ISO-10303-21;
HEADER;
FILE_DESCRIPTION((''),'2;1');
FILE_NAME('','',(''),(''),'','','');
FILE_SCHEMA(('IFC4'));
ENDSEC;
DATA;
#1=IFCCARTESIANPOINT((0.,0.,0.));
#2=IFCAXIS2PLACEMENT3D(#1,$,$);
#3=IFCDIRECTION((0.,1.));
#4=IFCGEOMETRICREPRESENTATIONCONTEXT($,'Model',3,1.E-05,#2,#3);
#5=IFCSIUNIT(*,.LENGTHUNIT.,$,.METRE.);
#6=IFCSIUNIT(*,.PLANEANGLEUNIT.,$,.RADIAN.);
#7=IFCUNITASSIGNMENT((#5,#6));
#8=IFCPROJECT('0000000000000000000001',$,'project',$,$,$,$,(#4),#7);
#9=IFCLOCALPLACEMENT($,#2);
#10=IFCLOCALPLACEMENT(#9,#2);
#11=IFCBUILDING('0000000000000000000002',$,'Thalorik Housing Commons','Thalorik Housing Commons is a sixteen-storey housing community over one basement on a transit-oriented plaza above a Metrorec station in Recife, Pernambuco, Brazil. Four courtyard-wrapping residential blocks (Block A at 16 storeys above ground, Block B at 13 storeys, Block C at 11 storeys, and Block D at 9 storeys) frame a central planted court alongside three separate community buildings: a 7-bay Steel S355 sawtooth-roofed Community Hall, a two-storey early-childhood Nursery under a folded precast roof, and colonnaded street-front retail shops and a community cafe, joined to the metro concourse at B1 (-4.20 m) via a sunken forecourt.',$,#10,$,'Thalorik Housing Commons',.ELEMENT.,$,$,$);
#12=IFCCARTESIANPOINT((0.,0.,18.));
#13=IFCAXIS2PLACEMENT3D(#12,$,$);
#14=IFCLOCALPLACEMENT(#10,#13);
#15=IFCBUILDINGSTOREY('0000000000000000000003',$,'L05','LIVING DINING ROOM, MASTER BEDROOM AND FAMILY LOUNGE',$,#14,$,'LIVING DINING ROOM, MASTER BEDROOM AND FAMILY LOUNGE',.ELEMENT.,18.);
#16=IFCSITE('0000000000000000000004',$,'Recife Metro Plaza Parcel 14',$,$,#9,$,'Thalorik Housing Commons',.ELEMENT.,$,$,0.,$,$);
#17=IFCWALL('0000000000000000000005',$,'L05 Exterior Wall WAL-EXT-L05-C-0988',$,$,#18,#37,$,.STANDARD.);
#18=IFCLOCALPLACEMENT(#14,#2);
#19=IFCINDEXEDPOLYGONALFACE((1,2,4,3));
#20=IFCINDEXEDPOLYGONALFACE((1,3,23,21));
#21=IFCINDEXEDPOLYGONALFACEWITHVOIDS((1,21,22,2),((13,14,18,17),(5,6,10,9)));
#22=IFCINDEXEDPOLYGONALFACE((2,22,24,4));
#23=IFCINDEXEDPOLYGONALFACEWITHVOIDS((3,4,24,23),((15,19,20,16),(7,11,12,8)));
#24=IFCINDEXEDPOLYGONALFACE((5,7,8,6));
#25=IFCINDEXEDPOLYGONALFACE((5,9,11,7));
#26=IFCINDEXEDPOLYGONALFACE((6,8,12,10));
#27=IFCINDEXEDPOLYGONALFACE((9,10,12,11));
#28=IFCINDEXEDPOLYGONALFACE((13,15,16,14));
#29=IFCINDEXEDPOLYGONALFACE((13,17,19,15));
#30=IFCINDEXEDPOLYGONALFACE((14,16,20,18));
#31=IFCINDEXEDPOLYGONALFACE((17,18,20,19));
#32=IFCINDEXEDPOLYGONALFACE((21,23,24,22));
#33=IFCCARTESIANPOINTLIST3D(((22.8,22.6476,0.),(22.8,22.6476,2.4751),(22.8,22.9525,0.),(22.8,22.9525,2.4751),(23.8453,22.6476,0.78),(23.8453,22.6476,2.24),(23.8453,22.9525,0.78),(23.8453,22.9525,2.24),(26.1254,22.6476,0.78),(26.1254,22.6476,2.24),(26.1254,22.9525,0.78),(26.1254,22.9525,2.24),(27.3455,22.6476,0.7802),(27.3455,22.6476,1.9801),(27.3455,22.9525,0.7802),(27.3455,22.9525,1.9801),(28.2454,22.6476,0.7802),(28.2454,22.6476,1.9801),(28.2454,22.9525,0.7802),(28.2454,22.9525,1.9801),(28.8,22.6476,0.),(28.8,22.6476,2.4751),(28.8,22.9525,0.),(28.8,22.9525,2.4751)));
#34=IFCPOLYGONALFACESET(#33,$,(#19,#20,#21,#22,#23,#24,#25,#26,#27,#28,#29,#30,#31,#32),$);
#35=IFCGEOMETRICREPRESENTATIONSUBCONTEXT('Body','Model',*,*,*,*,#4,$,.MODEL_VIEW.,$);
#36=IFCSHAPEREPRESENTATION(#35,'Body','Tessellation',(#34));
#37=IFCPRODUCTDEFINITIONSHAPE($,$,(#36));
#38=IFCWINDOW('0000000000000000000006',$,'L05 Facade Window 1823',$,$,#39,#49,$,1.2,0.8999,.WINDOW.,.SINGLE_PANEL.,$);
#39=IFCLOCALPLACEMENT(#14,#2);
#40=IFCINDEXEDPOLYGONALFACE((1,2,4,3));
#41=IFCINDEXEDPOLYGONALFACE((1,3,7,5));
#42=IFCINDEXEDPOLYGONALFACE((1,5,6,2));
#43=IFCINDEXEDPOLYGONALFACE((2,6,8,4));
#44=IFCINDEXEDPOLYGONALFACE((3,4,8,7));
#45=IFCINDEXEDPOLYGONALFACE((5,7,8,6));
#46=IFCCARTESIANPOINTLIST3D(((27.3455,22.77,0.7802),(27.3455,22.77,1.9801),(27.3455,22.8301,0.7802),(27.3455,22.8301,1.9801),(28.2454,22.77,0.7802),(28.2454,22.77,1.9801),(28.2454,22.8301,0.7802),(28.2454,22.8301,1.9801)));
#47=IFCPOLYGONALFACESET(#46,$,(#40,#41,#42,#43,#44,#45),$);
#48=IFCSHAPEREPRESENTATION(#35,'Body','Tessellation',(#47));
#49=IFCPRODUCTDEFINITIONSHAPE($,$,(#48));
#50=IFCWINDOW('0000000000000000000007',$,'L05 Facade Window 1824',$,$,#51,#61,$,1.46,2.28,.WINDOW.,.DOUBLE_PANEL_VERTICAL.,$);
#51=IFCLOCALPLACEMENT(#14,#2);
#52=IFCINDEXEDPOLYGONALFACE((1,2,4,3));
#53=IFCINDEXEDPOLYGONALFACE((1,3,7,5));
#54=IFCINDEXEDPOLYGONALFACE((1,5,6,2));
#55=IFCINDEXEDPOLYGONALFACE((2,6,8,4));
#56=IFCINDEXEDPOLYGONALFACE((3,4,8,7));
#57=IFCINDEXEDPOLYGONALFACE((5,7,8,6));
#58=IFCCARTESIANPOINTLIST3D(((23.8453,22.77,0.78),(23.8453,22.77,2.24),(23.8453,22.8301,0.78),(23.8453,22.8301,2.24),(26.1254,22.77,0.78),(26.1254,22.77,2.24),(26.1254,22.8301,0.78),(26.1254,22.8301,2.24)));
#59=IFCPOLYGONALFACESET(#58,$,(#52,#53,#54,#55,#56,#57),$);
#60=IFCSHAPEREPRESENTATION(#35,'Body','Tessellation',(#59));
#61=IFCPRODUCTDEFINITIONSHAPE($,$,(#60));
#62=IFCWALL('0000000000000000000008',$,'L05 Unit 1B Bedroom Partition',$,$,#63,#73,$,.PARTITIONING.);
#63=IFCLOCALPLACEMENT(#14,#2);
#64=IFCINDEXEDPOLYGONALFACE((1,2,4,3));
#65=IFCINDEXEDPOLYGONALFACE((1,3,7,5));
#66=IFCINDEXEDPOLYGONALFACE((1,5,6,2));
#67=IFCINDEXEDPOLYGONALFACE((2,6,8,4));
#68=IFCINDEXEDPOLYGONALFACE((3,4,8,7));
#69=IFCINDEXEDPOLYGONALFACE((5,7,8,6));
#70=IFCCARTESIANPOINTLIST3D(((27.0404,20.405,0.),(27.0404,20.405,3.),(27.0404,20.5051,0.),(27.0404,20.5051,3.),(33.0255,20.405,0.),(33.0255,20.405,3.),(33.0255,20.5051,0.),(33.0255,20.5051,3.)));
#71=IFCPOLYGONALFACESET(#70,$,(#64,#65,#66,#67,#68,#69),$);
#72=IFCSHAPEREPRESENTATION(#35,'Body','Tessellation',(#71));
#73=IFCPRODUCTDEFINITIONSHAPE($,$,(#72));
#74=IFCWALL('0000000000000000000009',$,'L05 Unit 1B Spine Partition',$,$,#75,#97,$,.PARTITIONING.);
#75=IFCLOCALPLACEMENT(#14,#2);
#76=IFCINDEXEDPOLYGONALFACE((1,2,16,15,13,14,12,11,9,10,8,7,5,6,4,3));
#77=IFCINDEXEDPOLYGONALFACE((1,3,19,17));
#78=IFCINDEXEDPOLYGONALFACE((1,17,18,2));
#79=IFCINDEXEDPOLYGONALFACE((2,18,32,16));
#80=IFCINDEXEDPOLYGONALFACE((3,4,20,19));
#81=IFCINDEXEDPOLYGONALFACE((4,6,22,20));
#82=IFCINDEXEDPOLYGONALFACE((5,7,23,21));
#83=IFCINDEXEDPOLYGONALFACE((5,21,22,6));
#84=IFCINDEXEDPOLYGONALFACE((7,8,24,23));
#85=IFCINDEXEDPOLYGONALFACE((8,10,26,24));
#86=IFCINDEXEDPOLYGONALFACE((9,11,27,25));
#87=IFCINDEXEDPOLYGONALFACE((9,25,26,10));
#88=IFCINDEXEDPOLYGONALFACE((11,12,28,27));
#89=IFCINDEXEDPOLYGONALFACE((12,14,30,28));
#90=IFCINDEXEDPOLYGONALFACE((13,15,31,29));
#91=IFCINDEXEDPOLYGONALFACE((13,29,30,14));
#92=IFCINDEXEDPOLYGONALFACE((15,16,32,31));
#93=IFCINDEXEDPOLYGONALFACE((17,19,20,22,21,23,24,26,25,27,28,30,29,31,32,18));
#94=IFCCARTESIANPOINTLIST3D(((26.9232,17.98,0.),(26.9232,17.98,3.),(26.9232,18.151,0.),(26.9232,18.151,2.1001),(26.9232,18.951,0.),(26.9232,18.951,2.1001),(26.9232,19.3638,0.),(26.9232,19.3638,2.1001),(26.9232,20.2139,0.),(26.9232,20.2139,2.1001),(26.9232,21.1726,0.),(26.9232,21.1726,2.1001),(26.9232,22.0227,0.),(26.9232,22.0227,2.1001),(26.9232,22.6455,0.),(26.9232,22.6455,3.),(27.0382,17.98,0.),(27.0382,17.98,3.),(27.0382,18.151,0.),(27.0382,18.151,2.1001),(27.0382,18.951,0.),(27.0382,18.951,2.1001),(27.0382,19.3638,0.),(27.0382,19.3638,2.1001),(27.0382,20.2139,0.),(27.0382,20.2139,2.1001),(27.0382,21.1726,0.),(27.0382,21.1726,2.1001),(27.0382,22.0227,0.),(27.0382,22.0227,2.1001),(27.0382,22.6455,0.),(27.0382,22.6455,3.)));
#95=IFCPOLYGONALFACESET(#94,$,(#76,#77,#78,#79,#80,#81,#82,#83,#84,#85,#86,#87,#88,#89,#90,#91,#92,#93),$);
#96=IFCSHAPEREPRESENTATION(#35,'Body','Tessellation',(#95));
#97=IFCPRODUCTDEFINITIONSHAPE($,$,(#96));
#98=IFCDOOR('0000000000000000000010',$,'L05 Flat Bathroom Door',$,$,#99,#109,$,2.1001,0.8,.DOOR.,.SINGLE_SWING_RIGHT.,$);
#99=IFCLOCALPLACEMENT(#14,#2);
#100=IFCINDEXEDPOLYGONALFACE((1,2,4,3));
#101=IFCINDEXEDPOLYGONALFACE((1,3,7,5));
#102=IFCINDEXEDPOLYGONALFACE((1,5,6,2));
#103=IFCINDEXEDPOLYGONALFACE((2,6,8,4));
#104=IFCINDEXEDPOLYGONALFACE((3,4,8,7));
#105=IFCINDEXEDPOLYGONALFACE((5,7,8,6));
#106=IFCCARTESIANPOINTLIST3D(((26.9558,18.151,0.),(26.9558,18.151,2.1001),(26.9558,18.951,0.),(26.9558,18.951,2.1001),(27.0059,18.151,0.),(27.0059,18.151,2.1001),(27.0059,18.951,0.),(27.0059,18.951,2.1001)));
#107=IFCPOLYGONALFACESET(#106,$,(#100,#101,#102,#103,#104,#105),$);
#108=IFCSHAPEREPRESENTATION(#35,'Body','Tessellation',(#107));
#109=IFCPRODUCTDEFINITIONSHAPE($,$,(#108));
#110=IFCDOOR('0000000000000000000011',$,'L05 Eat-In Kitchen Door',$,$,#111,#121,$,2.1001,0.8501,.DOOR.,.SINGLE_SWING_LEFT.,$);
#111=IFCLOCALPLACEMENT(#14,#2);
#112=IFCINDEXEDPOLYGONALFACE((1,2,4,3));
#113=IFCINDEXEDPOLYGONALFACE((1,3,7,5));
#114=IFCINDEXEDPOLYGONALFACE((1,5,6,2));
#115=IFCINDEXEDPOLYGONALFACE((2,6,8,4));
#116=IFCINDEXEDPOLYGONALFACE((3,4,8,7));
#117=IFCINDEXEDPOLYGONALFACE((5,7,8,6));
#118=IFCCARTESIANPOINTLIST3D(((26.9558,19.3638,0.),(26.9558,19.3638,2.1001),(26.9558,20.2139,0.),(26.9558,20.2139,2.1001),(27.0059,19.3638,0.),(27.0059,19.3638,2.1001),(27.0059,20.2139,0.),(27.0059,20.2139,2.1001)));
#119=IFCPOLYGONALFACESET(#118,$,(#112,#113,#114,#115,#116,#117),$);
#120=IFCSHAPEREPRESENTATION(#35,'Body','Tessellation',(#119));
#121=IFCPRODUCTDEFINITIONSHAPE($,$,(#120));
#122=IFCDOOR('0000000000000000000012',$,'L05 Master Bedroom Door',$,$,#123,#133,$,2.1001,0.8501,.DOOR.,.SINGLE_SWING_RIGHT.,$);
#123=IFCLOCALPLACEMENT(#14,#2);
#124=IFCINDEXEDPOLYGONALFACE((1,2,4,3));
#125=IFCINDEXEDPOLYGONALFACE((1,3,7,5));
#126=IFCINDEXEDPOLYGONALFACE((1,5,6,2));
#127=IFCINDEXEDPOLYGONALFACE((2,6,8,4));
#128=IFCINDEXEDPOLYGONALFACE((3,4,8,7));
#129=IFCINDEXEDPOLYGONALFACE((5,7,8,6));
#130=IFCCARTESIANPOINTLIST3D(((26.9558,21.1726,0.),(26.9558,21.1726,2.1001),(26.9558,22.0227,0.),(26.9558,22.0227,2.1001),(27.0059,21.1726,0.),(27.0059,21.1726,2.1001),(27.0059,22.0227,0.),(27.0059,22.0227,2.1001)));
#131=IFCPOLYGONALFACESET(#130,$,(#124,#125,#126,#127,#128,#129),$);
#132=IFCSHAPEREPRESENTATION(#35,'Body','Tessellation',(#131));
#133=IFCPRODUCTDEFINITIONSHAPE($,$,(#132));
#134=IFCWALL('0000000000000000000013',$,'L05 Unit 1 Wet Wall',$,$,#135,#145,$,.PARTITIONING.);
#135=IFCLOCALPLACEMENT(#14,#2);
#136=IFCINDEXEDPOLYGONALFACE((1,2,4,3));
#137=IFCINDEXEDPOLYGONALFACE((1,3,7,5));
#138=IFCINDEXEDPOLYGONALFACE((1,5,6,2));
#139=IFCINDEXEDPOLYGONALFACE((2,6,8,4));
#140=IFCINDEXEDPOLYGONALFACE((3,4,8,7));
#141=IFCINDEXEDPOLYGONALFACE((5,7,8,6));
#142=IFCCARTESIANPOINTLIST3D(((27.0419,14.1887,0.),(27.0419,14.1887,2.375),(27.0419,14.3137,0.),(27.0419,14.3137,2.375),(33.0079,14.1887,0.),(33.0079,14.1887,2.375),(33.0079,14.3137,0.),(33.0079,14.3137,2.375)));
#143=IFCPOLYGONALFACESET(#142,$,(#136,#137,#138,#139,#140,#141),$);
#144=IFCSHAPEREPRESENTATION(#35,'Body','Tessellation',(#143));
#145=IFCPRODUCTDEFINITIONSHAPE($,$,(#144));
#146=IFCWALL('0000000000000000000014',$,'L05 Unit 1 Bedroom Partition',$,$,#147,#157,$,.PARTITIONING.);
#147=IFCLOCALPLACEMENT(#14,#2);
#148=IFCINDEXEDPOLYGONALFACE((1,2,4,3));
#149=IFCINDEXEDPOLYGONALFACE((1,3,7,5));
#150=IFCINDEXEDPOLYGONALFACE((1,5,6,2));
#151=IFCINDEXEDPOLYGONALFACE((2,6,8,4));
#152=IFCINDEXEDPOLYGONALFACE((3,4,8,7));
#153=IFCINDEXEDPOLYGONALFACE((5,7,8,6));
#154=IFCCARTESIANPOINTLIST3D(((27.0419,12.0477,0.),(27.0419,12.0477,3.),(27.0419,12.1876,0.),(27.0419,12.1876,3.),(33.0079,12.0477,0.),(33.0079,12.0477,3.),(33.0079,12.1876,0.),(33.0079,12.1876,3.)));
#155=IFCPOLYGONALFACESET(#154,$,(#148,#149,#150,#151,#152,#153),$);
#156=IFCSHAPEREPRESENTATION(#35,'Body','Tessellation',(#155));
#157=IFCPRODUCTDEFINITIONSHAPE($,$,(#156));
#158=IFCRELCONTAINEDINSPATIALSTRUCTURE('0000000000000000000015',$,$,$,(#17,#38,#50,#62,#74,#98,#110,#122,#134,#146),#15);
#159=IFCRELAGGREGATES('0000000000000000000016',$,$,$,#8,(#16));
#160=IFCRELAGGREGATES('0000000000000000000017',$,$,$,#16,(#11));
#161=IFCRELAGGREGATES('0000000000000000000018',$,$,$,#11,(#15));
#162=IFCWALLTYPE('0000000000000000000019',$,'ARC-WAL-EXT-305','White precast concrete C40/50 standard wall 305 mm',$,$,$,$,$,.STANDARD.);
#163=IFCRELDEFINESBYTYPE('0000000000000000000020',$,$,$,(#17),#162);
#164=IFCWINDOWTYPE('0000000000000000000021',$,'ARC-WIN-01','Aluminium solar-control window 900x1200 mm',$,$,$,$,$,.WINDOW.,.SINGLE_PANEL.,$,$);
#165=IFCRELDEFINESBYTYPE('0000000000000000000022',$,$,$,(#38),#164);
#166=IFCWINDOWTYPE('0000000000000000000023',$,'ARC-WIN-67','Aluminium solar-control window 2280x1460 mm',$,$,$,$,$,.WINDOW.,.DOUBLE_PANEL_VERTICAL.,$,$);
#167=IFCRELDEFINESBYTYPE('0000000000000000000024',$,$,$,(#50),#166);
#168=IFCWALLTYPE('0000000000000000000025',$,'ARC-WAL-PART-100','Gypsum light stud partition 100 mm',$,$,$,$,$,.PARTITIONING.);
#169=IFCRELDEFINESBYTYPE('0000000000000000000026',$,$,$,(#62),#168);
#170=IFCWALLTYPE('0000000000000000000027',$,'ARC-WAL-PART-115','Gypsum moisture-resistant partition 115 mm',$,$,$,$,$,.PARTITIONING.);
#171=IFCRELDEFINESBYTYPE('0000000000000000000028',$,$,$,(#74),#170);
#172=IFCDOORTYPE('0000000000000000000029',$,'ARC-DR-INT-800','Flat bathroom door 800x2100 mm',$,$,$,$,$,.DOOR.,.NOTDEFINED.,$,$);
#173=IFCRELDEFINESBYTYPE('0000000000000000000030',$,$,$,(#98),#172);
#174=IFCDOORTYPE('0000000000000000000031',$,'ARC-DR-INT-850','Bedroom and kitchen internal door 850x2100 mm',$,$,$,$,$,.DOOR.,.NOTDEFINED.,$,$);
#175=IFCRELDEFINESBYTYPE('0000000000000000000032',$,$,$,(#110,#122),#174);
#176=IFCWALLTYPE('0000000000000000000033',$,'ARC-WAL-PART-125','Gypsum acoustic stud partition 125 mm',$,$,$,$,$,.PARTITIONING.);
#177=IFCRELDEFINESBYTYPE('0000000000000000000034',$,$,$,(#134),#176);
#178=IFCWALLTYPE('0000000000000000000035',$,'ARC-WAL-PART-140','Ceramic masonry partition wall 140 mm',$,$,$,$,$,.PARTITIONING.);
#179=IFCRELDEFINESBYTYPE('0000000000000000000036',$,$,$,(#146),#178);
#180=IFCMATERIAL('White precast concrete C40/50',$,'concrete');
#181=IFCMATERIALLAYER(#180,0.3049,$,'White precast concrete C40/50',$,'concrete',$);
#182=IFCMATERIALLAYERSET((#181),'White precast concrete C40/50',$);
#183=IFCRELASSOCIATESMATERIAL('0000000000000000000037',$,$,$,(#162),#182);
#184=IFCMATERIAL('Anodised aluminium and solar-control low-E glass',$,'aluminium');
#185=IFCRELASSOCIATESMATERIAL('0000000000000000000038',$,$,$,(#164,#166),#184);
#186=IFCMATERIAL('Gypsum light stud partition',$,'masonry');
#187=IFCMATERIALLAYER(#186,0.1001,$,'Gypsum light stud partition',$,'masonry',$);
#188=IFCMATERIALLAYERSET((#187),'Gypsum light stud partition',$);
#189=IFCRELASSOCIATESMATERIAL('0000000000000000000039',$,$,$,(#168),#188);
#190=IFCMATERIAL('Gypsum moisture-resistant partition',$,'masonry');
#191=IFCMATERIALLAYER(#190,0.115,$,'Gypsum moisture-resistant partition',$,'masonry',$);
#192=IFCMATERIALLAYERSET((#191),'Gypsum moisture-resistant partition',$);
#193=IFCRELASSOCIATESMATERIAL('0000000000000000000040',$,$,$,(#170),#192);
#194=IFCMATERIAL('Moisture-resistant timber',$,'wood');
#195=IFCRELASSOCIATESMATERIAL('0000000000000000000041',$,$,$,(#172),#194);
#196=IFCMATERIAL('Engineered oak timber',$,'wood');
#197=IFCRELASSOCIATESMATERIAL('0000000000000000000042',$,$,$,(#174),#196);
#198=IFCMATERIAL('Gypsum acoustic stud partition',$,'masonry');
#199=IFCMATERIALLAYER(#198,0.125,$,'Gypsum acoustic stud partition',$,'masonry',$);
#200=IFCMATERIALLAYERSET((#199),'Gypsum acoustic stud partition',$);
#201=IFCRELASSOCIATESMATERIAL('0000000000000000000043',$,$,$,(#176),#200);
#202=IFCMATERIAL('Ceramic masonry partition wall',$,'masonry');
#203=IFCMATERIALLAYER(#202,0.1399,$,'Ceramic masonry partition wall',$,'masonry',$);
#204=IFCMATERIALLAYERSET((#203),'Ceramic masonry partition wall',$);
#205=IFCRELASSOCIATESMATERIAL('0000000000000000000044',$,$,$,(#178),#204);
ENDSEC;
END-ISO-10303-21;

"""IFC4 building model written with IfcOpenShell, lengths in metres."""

from ifc_helpers import new_model, si_unit, direction, frame, frame_2d, origin, place, context, subcontext, project, spatial, rectangle, extrude, material, layer, layer_set, type_object, element, fill, save


model = new_model("IFC4")

# Units and contexts
model_context = context("Model", 3, precision=1e-05, world=origin(), true_north=direction((0.0, 1.0)))
body_context = subcontext(model_context, "Body", "Model", "MODEL_VIEW")
ifc_project = project(units=[si_unit("LENGTHUNIT", "METRE"), si_unit("PLANEANGLEUNIT", "RADIAN")], contexts=[model_context])

# Site, building, storey
site_placement = place(None, origin())
site = spatial("IfcSite", under=ifc_project, at=site_placement, Name="Recife Metro Plaza Parcel 14", LongName="Thalorik Housing Commons", CompositionType="ELEMENT", RefElevation=0.0)
building_placement = place(site_placement, origin())
building = spatial("IfcBuilding", under=site, at=building_placement, Name="Thalorik Housing Commons", Description="Thalorik Housing Commons is a sixteen-storey housing community over one basement on a transit-oriented plaza above a Metrorec station in Recife, Pernambuco, Brazil. Four courtyard-wrapping residential blocks (Block A at 16 storeys above ground, Block B at 13 storeys, Block C at 11 storeys, and Block D at 9 storeys) frame a central planted court alongside three separate community buildings: a 7-bay Steel S355 sawtooth-roofed Community Hall, a two-storey early-childhood Nursery under a folded precast roof, and colonnaded street-front retail shops and a community cafe, joined to the metro concourse at B1 (-4.20 m) via a sunken forecourt.", LongName="Thalorik Housing Commons", CompositionType="ELEMENT")
storey_placement = place(building_placement, frame((0.0, 0.0, 18.0)))
storey = spatial("IfcBuildingStorey", under=building, at=storey_placement, Name="L05", Description="LIVING DINING ROOM, MASTER BEDROOM AND FAMILY LOUNGE", LongName="LIVING DINING ROOM, MASTER BEDROOM AND FAMILY LOUNGE", CompositionType="ELEMENT", Elevation=18.0)

# Wall, openings, windows
ifc_material_1 = material(Name="White precast concrete C40/50", Category="concrete")
ifc_layer_1 = layer(ifc_material_1, 0.3049, Name="White precast concrete C40/50", Category="concrete")
ifc_layer_set_1 = layer_set([ifc_layer_1], Name="White precast concrete C40/50")
wall_type_1 = type_object("IfcWallType", Name="ARC-WAL-EXT-305", Description="White precast concrete C40/50 standard wall 305 mm", PredefinedType="STANDARD", material=ifc_layer_set_1)
ifc_material_2 = material(Name="Anodised aluminium and solar-control low-E glass", Category="aluminium")
wall_1_placement = place(storey_placement, frame((28.8, 22.8, 0.0), z_axis=(0.0, 0.0, 1.0), x_axis=(-1.0, 0.0, 0.0)))
wall_1 = element("IfcWall", 1, at=wall_1_placement, inside=storey, type_object=wall_type_1, Name="L05 Exterior Wall WAL-EXT-L05-C-0988", PredefinedType="STANDARD", context=body_context, shape_type="SweptSolid", body=[
    extrude(rectangle(XDim=6.0, YDim=0.3049, at=frame_2d((3.0, 0.0))), origin(), (0.0, 0.0, 1.0), 2.4751),
])
opening_1_placement = place(wall_1_placement, frame((0.5547, 0.0, 0.78)))
opening_1 = element("IfcOpeningElement", 2, at=opening_1_placement, cuts=wall_1, PredefinedType="OPENING", context=body_context, shape_type="SweptSolid", body=[
    extrude(rectangle(XDim=0.8999, YDim=1.2, at=frame_2d((0.45, 0.6001))), frame((0.0, 0.1626, 0.0), z_axis=(0.0, -1.0, 0.0), x_axis=(1.0, 0.0, 0.0)), (0.0, 0.0, 1.0), 0.325),
])
opening_2_placement = place(wall_1_placement, frame((2.6746, 0.0, 0.78)))
opening_2 = element("IfcOpeningElement", 3, at=opening_2_placement, cuts=wall_1, PredefinedType="OPENING", context=body_context, shape_type="SweptSolid", body=[
    extrude(rectangle(XDim=2.28, YDim=1.46, at=frame_2d((1.1401, 0.73))), frame((0.0, 0.1626, 0.0), z_axis=(0.0, -1.0, 0.0), x_axis=(1.0, 0.0, 0.0)), (0.0, 0.0, 1.0), 0.325),
])
window_type_1 = type_object("IfcWindowType", Name="ARC-WIN-01", Description="Aluminium solar-control window 900x1200 mm", PartitioningType="SINGLE_PANEL", PredefinedType="WINDOW", material=ifc_material_2)
window_1_placement = place(opening_1_placement, origin())
window_1 = element("IfcWindow", 4, at=window_1_placement, inside=storey, type_object=window_type_1, Name="L05 Facade Window 1823", OverallHeight=1.2, OverallWidth=0.8999, PartitioningType="SINGLE_PANEL", PredefinedType="WINDOW", context=body_context, shape_type="SweptSolid", body=[
    extrude(rectangle(XDim=0.8999, YDim=1.2, at=frame_2d((0.45, 0.6001))), frame((0.0, 0.03, 0.0), z_axis=(0.0, -1.0, 0.0), x_axis=(1.0, 0.0, 0.0)), (0.0, 0.0, 1.0), 0.0601),
])
fill(opening_1, window_1)
window_type_2 = type_object("IfcWindowType", Name="ARC-WIN-67", Description="Aluminium solar-control window 2280x1460 mm", PartitioningType="DOUBLE_PANEL_VERTICAL", PredefinedType="WINDOW", material=ifc_material_2)
window_2_placement = place(opening_2_placement, origin())
window_2 = element("IfcWindow", 5, at=window_2_placement, inside=storey, type_object=window_type_2, Name="L05 Facade Window 1824", OverallHeight=1.46, OverallWidth=2.28, PartitioningType="DOUBLE_PANEL_VERTICAL", PredefinedType="WINDOW", context=body_context, shape_type="SweptSolid", body=[
    extrude(rectangle(XDim=2.28, YDim=1.46, at=frame_2d((1.1401, 0.73))), frame((0.0, 0.03, 0.0), z_axis=(0.0, -1.0, 0.0), x_axis=(1.0, 0.0, 0.0)), (0.0, 0.0, 1.0), 0.0601),
])
fill(opening_2, window_2)

# Wall
ifc_material_3 = material(Name="Gypsum light stud partition", Category="masonry")
ifc_layer_2 = layer(ifc_material_3, 0.1001, Name="Gypsum light stud partition", Category="masonry")
ifc_layer_set_2 = layer_set([ifc_layer_2], Name="Gypsum light stud partition")
wall_type_2 = type_object("IfcWallType", Name="ARC-WAL-PART-100", Description="Gypsum light stud partition 100 mm", PredefinedType="PARTITIONING", material=ifc_layer_set_2)
wall_2_placement = place(storey_placement, frame((27.0403, 20.4551, 0.0), z_axis=(0.0, 0.0, 1.0), x_axis=(1.0, 0.0, 0.0)))
element("IfcWall", 6, at=wall_2_placement, inside=storey, type_object=wall_type_2, Name="L05 Unit 1B Bedroom Partition", PredefinedType="PARTITIONING", context=body_context, shape_type="SweptSolid", body=[
    extrude(rectangle(XDim=5.9851, YDim=0.1001, at=frame_2d((2.9927, 0.0))), origin(), (0.0, 0.0, 1.0), 3.0),
])

# Wall, openings, doors
ifc_material_4 = material(Name="Gypsum moisture-resistant partition", Category="masonry")
ifc_layer_3 = layer(ifc_material_4, 0.115, Name="Gypsum moisture-resistant partition", Category="masonry")
ifc_layer_set_3 = layer_set([ifc_layer_3], Name="Gypsum moisture-resistant partition")
wall_type_3 = type_object("IfcWallType", Name="ARC-WAL-PART-115", Description="Gypsum moisture-resistant partition 115 mm", PredefinedType="PARTITIONING", material=ifc_layer_set_3)
wall_3_placement = place(storey_placement, frame((26.9807, 17.98, 0.0), z_axis=(0.0, 0.0, 1.0), x_axis=(0.0, 1.0, 0.0)))
wall_3 = element("IfcWall", 7, at=wall_3_placement, inside=storey, type_object=wall_type_3, Name="L05 Unit 1B Spine Partition", PredefinedType="PARTITIONING", context=body_context, shape_type="SweptSolid", body=[
    extrude(rectangle(XDim=4.6655, YDim=0.115, at=frame_2d((2.3328, 0.0))), origin(), (0.0, 0.0, 1.0), 3.0),
])
opening_3_placement = place(wall_3_placement, frame((0.1711, 0.0, 0.0)))
opening_3 = element("IfcOpeningElement", 8, at=opening_3_placement, cuts=wall_3, PredefinedType="OPENING", context=body_context, shape_type="SweptSolid", body=[
    extrude(rectangle(XDim=0.8, YDim=2.1001, at=frame_2d((0.3999, 1.05))), frame((0.0, 0.0674, 0.0), z_axis=(0.0, -1.0, 0.0), x_axis=(1.0, 0.0, 0.0)), (0.0, 0.0, 1.0), 0.135),
])
opening_4_placement = place(wall_3_placement, frame((1.3838, 0.0, 0.0)))
opening_4 = element("IfcOpeningElement", 9, at=opening_4_placement, cuts=wall_3, PredefinedType="OPENING", context=body_context, shape_type="SweptSolid", body=[
    extrude(rectangle(XDim=0.8501, YDim=2.1001, at=frame_2d((0.425, 1.05))), frame((0.0, 0.0674, 0.0), z_axis=(0.0, -1.0, 0.0), x_axis=(1.0, 0.0, 0.0)), (0.0, 0.0, 1.0), 0.135),
])
opening_5_placement = place(wall_3_placement, frame((3.1926, 0.0, 0.0)))
opening_5 = element("IfcOpeningElement", 10, at=opening_5_placement, cuts=wall_3, PredefinedType="OPENING", context=body_context, shape_type="SweptSolid", body=[
    extrude(rectangle(XDim=0.8501, YDim=2.1001, at=frame_2d((0.425, 1.05))), frame((0.0, 0.0674, 0.0), z_axis=(0.0, -1.0, 0.0), x_axis=(1.0, 0.0, 0.0)), (0.0, 0.0, 1.0), 0.135),
])
ifc_material_5 = material(Name="Moisture-resistant timber", Category="wood")
door_type_1 = type_object("IfcDoorType", Name="ARC-DR-INT-800", Description="Flat bathroom door 800x2100 mm", OperationType="NOTDEFINED", PredefinedType="DOOR", material=ifc_material_5)
door_1_placement = place(opening_3_placement, origin())
door_1 = element("IfcDoor", 11, at=door_1_placement, inside=storey, type_object=door_type_1, Name="L05 Flat Bathroom Door", OperationType="SINGLE_SWING_RIGHT", OverallHeight=2.1001, OverallWidth=0.8, PredefinedType="DOOR", context=body_context, shape_type="SweptSolid", body=[
    extrude(rectangle(XDim=0.8, YDim=2.1001, at=frame_2d((0.3999, 1.05))), frame((0.0, 0.0249, 0.0), z_axis=(0.0, -1.0, 0.0), x_axis=(1.0, 0.0, 0.0)), (0.0, 0.0, 1.0), 0.05),
])
fill(opening_3, door_1)
ifc_material_6 = material(Name="Engineered oak timber", Category="wood")
door_type_2 = type_object("IfcDoorType", Name="ARC-DR-INT-850", Description="Bedroom and kitchen internal door 850x2100 mm", OperationType="NOTDEFINED", PredefinedType="DOOR", material=ifc_material_6)
door_2_placement = place(opening_4_placement, origin())
door_2 = element("IfcDoor", 12, at=door_2_placement, inside=storey, type_object=door_type_2, Name="L05 Eat-In Kitchen Door", OperationType="SINGLE_SWING_LEFT", OverallHeight=2.1001, OverallWidth=0.8501, PredefinedType="DOOR", context=body_context, shape_type="SweptSolid", body=[
    extrude(rectangle(XDim=0.8501, YDim=2.1001, at=frame_2d((0.425, 1.05))), frame((0.0, 0.0249, 0.0), z_axis=(0.0, -1.0, 0.0), x_axis=(1.0, 0.0, 0.0)), (0.0, 0.0, 1.0), 0.05),
])
fill(opening_4, door_2)
door_3_placement = place(opening_5_placement, origin())
door_3 = element("IfcDoor", 13, at=door_3_placement, inside=storey, type_object=door_type_2, Name="L05 Master Bedroom Door", OperationType="SINGLE_SWING_RIGHT", OverallHeight=2.1001, OverallWidth=0.8501, PredefinedType="DOOR", context=body_context, shape_type="SweptSolid", body=[
    extrude(rectangle(XDim=0.8501, YDim=2.1001, at=frame_2d((0.425, 1.05))), frame((0.0, 0.0249, 0.0), z_axis=(0.0, -1.0, 0.0), x_axis=(1.0, 0.0, 0.0)), (0.0, 0.0, 1.0), 0.05),
])
fill(opening_5, door_3)

# Walls
ifc_material_7 = material(Name="Gypsum acoustic stud partition", Category="masonry")
ifc_layer_4 = layer(ifc_material_7, 0.125, Name="Gypsum acoustic stud partition", Category="masonry")
ifc_layer_set_4 = layer_set([ifc_layer_4], Name="Gypsum acoustic stud partition")
wall_type_4 = type_object("IfcWallType", Name="ARC-WAL-PART-125", Description="Gypsum acoustic stud partition 125 mm", PredefinedType="PARTITIONING", material=ifc_layer_set_4)
wall_4_placement = place(storey_placement, frame((27.042, 14.2512, 0.0), z_axis=(0.0, 0.0, 1.0), x_axis=(1.0, 0.0, 0.0)))
element("IfcWall", 14, at=wall_4_placement, inside=storey, type_object=wall_type_4, Name="L05 Unit 1 Wet Wall", PredefinedType="PARTITIONING", context=body_context, shape_type="SweptSolid", body=[
    extrude(rectangle(XDim=5.9661, YDim=0.125, at=frame_2d((2.9829, 0.0))), origin(), (0.0, 0.0, 1.0), 2.375),
])
ifc_material_8 = material(Name="Ceramic masonry partition wall", Category="masonry")
ifc_layer_5 = layer(ifc_material_8, 0.1399, Name="Ceramic masonry partition wall", Category="masonry")
ifc_layer_set_5 = layer_set([ifc_layer_5], Name="Ceramic masonry partition wall")
wall_type_5 = type_object("IfcWallType", Name="ARC-WAL-PART-140", Description="Ceramic masonry partition wall 140 mm", PredefinedType="PARTITIONING", material=ifc_layer_set_5)
wall_5_placement = place(storey_placement, frame((27.042, 12.1177, 0.0), z_axis=(0.0, 0.0, 1.0), x_axis=(1.0, 0.0, 0.0)))
element("IfcWall", 15, at=wall_5_placement, inside=storey, type_object=wall_type_5, Name="L05 Unit 1 Bedroom Partition", PredefinedType="PARTITIONING", context=body_context, shape_type="SweptSolid", body=[
    extrude(rectangle(XDim=5.9661, YDim=0.1399, at=frame_2d((2.9829, 0.0))), origin(), (0.0, 0.0, 1.0), 3.0),
])

save(model, "model.ifc")
